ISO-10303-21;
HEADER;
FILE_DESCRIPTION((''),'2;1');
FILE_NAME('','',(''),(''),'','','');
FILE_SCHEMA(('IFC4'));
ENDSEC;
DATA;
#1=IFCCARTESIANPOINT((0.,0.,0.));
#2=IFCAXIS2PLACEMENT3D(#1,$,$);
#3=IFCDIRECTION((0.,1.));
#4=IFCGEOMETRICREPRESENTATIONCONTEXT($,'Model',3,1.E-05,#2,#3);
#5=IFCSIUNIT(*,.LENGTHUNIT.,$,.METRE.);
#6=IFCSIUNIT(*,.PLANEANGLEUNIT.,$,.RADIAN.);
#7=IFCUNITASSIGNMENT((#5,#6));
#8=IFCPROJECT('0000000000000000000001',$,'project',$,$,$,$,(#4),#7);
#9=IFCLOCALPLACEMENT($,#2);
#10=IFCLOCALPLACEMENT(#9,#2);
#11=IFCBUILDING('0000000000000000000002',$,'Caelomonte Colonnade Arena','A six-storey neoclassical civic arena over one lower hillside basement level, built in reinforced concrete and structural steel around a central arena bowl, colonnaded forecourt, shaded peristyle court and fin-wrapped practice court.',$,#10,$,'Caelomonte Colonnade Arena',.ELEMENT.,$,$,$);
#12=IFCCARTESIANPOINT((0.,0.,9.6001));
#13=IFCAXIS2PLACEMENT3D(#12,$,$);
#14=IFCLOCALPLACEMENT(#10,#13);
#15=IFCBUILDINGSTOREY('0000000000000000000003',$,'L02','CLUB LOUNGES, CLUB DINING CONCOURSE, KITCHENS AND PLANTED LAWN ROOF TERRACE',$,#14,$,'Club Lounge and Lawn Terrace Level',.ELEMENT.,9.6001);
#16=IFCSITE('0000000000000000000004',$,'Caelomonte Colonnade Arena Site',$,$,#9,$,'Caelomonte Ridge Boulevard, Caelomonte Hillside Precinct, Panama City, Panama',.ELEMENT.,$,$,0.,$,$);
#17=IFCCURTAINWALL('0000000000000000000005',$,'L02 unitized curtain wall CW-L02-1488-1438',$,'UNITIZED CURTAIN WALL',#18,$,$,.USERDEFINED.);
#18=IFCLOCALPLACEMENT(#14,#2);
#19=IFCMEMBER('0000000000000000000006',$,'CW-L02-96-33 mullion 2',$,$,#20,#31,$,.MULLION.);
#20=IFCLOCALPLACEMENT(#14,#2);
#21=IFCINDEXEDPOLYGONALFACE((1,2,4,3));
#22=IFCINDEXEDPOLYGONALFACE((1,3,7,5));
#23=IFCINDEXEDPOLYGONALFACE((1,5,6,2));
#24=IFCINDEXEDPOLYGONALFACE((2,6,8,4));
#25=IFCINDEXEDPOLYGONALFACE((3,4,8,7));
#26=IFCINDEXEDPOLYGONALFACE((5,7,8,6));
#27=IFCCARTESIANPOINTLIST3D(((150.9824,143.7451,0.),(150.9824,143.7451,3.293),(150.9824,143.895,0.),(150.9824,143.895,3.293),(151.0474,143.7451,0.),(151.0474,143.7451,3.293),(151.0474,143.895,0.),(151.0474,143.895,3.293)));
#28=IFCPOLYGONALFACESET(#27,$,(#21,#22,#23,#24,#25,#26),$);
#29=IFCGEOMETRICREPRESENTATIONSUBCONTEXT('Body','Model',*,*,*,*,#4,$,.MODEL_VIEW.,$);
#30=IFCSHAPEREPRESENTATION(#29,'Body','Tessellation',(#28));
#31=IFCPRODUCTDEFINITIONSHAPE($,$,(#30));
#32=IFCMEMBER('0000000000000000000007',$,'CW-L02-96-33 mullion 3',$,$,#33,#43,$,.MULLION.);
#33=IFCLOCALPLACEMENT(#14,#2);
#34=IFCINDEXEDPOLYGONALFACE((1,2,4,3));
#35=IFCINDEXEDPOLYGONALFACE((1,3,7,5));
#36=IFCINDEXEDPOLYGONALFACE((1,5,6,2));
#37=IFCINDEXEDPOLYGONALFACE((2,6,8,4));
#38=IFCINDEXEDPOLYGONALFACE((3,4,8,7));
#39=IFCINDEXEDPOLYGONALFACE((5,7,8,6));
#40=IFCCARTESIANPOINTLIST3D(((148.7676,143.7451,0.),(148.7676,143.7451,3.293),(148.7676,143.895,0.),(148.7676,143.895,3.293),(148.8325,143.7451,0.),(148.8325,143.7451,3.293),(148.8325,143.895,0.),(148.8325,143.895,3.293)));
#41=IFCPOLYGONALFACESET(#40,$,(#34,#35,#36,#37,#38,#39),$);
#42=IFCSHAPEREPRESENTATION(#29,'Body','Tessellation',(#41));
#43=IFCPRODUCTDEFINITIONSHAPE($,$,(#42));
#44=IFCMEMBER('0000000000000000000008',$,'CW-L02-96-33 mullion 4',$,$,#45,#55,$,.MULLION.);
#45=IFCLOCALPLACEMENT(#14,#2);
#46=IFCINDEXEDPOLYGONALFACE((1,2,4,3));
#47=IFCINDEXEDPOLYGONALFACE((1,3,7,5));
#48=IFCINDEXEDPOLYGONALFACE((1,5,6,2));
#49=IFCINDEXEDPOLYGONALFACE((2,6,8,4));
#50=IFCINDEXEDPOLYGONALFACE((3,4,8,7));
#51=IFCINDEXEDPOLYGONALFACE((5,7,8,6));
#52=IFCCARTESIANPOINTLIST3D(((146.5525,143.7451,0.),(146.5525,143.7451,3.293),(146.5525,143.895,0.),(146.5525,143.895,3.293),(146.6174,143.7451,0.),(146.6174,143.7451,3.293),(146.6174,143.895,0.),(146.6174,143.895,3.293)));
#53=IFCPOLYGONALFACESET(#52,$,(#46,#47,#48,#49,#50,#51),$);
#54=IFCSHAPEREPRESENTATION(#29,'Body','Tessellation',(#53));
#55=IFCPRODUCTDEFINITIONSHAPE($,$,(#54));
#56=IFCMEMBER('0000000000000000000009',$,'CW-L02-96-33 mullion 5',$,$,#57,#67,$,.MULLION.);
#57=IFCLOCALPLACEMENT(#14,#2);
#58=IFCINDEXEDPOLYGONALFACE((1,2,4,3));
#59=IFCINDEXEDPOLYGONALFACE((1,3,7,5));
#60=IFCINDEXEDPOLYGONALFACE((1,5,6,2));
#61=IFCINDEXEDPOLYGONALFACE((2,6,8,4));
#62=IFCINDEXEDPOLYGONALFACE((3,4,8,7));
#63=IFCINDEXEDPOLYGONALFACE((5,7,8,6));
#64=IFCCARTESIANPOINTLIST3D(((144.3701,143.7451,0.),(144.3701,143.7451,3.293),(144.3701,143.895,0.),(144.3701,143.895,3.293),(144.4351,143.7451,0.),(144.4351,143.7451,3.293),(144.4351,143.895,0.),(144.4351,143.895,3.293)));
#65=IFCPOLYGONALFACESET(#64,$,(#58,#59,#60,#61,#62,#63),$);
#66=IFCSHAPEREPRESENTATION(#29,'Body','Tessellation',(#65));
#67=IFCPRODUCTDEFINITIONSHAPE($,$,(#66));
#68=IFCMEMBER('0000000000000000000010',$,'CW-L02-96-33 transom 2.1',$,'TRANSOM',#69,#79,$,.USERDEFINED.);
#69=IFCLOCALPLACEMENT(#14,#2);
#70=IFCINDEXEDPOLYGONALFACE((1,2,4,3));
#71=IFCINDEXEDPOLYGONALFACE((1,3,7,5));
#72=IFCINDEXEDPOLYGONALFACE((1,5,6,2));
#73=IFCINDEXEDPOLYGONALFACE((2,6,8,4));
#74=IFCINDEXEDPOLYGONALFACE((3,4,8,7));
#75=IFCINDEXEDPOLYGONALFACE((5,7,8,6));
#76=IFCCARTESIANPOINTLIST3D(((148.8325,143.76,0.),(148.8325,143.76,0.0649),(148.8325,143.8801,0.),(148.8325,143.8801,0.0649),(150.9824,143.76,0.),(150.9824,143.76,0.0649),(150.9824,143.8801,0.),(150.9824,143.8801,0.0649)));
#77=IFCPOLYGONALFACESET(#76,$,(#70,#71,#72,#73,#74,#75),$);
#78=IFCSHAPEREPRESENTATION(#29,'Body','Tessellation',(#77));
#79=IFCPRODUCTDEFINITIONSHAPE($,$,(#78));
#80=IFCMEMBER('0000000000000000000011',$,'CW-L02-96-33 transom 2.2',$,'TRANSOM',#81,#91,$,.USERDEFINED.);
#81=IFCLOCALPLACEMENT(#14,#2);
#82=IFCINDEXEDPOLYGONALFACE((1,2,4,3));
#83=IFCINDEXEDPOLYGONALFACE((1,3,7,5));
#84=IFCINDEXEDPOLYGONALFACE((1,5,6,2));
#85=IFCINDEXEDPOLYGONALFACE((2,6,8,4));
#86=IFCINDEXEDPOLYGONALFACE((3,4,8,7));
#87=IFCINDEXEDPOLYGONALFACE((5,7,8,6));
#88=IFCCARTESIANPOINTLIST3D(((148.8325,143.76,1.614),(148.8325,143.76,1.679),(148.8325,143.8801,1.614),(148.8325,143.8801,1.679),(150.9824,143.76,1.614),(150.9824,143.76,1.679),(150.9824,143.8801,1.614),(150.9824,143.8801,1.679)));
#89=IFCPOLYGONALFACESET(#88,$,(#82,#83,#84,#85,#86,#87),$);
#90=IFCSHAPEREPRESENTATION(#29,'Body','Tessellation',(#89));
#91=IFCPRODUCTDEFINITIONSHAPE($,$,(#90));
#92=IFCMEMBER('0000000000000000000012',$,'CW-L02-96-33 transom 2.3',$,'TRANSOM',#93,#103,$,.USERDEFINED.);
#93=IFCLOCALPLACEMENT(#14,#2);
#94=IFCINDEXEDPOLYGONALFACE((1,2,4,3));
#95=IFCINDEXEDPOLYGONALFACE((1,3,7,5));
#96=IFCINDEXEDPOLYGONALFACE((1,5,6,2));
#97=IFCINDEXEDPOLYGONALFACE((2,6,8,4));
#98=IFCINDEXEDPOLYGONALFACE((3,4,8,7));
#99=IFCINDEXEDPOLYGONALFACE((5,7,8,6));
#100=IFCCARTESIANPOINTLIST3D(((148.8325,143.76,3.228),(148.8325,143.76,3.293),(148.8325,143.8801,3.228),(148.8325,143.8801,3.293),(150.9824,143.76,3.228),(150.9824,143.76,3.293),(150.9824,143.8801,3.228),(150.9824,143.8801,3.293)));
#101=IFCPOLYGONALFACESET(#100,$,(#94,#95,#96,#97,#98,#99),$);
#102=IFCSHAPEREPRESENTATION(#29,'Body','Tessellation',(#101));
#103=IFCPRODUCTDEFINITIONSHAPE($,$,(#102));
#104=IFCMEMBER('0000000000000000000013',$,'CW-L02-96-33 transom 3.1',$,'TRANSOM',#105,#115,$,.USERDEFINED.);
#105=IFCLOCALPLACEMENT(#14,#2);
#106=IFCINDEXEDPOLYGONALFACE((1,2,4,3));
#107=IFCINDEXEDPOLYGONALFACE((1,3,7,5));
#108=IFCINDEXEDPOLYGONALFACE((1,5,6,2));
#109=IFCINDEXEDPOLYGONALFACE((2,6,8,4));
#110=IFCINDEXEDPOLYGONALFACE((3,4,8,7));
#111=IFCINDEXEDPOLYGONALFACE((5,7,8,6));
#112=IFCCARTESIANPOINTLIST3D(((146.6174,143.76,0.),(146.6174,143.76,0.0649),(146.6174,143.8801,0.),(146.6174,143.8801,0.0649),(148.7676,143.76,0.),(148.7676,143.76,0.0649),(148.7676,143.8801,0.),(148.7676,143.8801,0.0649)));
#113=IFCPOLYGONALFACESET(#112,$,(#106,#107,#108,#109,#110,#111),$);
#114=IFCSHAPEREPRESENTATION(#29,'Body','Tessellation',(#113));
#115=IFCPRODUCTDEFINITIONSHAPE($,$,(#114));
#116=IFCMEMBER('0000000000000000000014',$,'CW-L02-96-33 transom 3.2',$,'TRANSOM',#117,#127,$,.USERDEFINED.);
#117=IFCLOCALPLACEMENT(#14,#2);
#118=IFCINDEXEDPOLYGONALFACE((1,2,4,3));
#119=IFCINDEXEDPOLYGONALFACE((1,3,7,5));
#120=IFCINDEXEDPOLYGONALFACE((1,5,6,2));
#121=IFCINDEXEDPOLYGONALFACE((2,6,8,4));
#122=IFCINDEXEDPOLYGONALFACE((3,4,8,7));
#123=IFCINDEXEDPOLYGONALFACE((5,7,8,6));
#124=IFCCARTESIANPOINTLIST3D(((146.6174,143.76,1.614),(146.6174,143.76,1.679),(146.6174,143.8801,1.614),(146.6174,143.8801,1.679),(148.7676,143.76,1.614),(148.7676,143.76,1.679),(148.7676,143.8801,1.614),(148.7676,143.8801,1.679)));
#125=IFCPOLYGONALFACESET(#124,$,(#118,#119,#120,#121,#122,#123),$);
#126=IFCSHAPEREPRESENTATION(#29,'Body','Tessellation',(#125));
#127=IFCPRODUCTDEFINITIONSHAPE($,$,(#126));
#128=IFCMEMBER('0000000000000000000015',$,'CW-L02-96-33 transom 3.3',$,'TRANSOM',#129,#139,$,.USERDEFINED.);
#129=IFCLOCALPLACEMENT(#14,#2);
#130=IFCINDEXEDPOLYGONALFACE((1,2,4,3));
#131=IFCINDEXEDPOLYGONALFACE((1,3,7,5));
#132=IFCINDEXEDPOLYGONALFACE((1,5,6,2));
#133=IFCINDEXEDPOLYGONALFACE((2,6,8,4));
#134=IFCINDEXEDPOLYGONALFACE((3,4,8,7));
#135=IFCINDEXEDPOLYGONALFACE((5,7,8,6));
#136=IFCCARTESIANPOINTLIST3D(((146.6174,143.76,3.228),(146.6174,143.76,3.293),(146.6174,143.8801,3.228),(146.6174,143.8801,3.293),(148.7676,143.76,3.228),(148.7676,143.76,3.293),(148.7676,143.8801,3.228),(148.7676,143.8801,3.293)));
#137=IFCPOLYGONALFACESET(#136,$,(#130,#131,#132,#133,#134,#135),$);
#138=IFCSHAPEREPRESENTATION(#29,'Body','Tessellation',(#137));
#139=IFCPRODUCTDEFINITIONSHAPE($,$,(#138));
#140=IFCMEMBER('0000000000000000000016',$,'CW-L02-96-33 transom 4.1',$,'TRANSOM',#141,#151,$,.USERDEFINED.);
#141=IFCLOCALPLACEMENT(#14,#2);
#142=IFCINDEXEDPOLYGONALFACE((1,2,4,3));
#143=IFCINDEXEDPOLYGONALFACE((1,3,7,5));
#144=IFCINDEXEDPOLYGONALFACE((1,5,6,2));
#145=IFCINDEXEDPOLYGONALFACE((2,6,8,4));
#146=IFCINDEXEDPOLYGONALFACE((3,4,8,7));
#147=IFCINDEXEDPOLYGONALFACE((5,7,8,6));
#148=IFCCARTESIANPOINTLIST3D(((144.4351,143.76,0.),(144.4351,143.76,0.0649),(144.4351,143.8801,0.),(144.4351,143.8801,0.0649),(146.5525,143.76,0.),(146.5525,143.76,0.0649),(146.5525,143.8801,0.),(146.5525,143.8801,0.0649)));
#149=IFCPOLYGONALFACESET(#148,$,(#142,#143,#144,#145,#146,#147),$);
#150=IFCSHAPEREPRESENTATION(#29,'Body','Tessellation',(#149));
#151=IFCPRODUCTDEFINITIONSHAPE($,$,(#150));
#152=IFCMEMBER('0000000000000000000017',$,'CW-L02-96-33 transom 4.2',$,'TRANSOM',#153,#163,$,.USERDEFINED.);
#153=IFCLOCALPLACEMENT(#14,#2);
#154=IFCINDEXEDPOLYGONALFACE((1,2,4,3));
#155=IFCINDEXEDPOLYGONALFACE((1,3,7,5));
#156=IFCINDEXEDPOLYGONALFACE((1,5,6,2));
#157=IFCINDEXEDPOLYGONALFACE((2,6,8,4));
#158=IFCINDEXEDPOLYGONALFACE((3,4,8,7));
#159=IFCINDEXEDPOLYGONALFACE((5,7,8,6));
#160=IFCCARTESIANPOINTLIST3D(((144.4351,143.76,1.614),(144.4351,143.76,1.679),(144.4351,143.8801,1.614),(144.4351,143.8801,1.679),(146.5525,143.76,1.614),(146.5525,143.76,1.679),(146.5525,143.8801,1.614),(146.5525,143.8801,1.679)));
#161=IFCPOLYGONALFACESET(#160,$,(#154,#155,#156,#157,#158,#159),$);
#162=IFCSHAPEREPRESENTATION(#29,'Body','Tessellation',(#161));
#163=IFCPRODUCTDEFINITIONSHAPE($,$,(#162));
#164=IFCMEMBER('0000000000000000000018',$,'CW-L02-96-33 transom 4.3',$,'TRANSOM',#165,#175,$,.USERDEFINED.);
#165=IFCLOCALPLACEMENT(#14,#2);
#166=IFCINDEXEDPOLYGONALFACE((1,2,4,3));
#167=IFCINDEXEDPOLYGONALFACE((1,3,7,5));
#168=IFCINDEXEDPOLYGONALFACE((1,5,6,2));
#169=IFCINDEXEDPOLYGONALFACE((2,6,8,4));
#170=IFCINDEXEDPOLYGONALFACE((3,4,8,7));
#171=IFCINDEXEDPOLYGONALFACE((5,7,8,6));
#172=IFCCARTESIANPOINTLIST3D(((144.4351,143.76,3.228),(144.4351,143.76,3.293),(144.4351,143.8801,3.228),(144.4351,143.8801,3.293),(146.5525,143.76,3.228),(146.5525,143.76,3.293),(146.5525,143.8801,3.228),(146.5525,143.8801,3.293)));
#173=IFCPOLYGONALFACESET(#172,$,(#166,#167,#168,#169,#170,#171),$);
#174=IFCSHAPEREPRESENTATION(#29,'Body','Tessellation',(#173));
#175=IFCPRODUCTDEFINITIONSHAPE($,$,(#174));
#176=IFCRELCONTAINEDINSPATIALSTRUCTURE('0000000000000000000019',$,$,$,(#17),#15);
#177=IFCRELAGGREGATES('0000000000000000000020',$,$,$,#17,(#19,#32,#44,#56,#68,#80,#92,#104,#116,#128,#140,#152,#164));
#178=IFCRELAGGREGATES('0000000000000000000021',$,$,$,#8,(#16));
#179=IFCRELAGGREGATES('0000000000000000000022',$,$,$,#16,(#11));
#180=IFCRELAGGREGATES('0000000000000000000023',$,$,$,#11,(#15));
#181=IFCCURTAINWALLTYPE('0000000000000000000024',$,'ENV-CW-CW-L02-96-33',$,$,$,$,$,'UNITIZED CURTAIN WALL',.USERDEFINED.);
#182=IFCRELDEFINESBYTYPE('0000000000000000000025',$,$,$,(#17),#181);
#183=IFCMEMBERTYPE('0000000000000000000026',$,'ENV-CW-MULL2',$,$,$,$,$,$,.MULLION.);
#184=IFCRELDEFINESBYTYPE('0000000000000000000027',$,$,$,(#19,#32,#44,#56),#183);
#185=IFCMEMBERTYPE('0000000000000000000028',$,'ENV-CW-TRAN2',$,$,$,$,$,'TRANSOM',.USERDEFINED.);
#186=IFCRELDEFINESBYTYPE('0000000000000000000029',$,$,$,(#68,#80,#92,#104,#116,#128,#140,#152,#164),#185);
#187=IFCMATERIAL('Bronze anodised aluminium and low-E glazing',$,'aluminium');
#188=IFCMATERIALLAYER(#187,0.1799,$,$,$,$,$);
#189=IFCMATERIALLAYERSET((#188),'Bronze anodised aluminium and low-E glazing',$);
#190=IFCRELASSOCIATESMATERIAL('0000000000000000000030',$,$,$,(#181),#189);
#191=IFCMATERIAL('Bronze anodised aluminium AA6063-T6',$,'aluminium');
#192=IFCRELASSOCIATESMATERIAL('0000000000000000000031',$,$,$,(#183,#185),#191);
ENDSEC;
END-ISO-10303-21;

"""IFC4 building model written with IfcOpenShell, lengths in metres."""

from ifc_helpers import new_model, si_unit, direction, frame, origin, origin_2d, place, context, subcontext, project, spatial, rectangle, extrude, material, layer, layer_set, material_profile, profile_set, type_object, element, aggregate, save


model = new_model("IFC4")

# Units and contexts
model_context = context("Model", 3, precision=1e-05, world=origin(), true_north=direction((0.0, 1.0)))
body_context = subcontext(model_context, "Body", "Model", "MODEL_VIEW")
ifc_project = project(units=[si_unit("LENGTHUNIT", "METRE"), si_unit("PLANEANGLEUNIT", "RADIAN")], contexts=[model_context])

# Site, building, storey
site_placement = place(None, origin())
site = spatial("IfcSite", under=ifc_project, at=site_placement, Name="Caelomonte Colonnade Arena Site", LongName="Caelomonte Ridge Boulevard, Caelomonte Hillside Precinct, Panama City, Panama", CompositionType="ELEMENT", RefElevation=0.0)
building_placement = place(site_placement, origin())
building = spatial("IfcBuilding", under=site, at=building_placement, Name="Caelomonte Colonnade Arena", Description="A six-storey neoclassical civic arena over one lower hillside basement level, built in reinforced concrete and structural steel around a central arena bowl, colonnaded forecourt, shaded peristyle court and fin-wrapped practice court.", LongName="Caelomonte Colonnade Arena", CompositionType="ELEMENT")
storey_placement = place(building_placement, frame((0.0, 0.0, 9.6001)))
storey = spatial("IfcBuildingStorey", under=building, at=storey_placement, Name="L02", Description="CLUB LOUNGES, CLUB DINING CONCOURSE, KITCHENS AND PLANTED LAWN ROOF TERRACE", LongName="Club Lounge and Lawn Terrace Level", CompositionType="ELEMENT", Elevation=9.6001)

# Curtain wall, members
ifc_material_1 = material(Name="Bronze anodised aluminium and low-E glazing", Category="aluminium")
ifc_layer_1 = layer(ifc_material_1, 0.1799)
ifc_layer_set_1 = layer_set([ifc_layer_1], Name="Bronze anodised aluminium and low-E glazing")
curtain_wall_type = type_object("IfcCurtainWallType", Name="ENV-CW-CW-L02-96-33", ElementType="UNITIZED CURTAIN WALL", PredefinedType="USERDEFINED", material=ifc_layer_set_1)
curtain_wall_placement = place(storey_placement, origin())
curtain_wall = element("IfcCurtainWall", 1, at=curtain_wall_placement, inside=storey, type_object=curtain_wall_type, Name="L02 unitized curtain wall CW-L02-1488-1438", ObjectType="UNITIZED CURTAIN WALL", PredefinedType="USERDEFINED")
ifc_material_2 = material(Name="Bronze anodised aluminium AA6063-T6", Category="aluminium")
ifc_material_profile_1 = material_profile(ifc_material_2, rectangle(XDim=0.0649, YDim=0.1499, at=origin_2d()), Name="CWM-65X150")
ifc_profile_set_1 = profile_set([ifc_material_profile_1], Name="Bronze anodised aluminium AA6063-T6")
member_type_1 = type_object("IfcMemberType", Name="ENV-CW-MULL2", PredefinedType="MULLION", material=ifc_profile_set_1)
member_1_placement = place(storey_placement, frame((151.0149, 143.8201, 0.0), z_axis=(0.0, 0.0, 1.0), x_axis=(-1.0, 0.0, 0.0)))
member_1 = element("IfcMember", 2, at=member_1_placement, type_object=member_type_1, Name="CW-L02-96-33 mullion 2", PredefinedType="MULLION", context=body_context, shape_type="SweptSolid", body=[
    extrude(rectangle(XDim=0.0649, YDim=0.1499, at=origin_2d()), origin(), (0.0, 0.0, 1.0), 3.293),
])
member_2_placement = place(storey_placement, frame((148.8, 143.8201, 0.0), z_axis=(0.0, 0.0, 1.0), x_axis=(-1.0, 0.0, 0.0)))
member_2 = element("IfcMember", 3, at=member_2_placement, type_object=member_type_1, Name="CW-L02-96-33 mullion 3", PredefinedType="MULLION", context=body_context, shape_type="SweptSolid", body=[
    extrude(rectangle(XDim=0.0649, YDim=0.1499, at=origin_2d()), origin(), (0.0, 0.0, 1.0), 3.293),
])
member_3_placement = place(storey_placement, frame((146.585, 143.8201, 0.0), z_axis=(0.0, 0.0, 1.0), x_axis=(-1.0, 0.0, 0.0)))
member_3 = element("IfcMember", 4, at=member_3_placement, type_object=member_type_1, Name="CW-L02-96-33 mullion 4", PredefinedType="MULLION", context=body_context, shape_type="SweptSolid", body=[
    extrude(rectangle(XDim=0.0649, YDim=0.1499, at=origin_2d()), origin(), (0.0, 0.0, 1.0), 3.293),
])
member_4_placement = place(storey_placement, frame((144.4026, 143.8201, 0.0), z_axis=(0.0, 0.0, 1.0), x_axis=(-1.0, 0.0, 0.0)))
member_4 = element("IfcMember", 5, at=member_4_placement, type_object=member_type_1, Name="CW-L02-96-33 mullion 5", PredefinedType="MULLION", context=body_context, shape_type="SweptSolid", body=[
    extrude(rectangle(XDim=0.0649, YDim=0.1499, at=origin_2d()), origin(), (0.0, 0.0, 1.0), 3.293),
])
ifc_material_profile_2 = material_profile(ifc_material_2, rectangle(XDim=0.0649, YDim=0.1201, at=origin_2d()), Name="CWT-65X120")
ifc_profile_set_2 = profile_set([ifc_material_profile_2], Name="Bronze anodised aluminium AA6063-T6")
member_type_2 = type_object("IfcMemberType", Name="ENV-CW-TRAN2", ElementType="TRANSOM", PredefinedType="USERDEFINED", material=ifc_profile_set_2)
member_5_placement = place(storey_placement, frame((150.9824, 143.8201, 0.0325), z_axis=(-1.0, 0.0, 0.0), x_axis=(0.0, 0.0, 1.0)))
member_5 = element("IfcMember", 6, at=member_5_placement, type_object=member_type_2, Name="CW-L02-96-33 transom 2.1", ObjectType="TRANSOM", PredefinedType="USERDEFINED", context=body_context, shape_type="SweptSolid", body=[
    extrude(rectangle(XDim=0.0649, YDim=0.1201, at=origin_2d()), origin(), (0.0, 0.0, 1.0), 2.1499),
])
member_6_placement = place(storey_placement, frame((150.9824, 143.8201, 1.6465), z_axis=(-1.0, 0.0, 0.0), x_axis=(0.0, 0.0, 1.0)))
member_6 = element("IfcMember", 7, at=member_6_placement, type_object=member_type_2, Name="CW-L02-96-33 transom 2.2", ObjectType="TRANSOM", PredefinedType="USERDEFINED", context=body_context, shape_type="SweptSolid", body=[
    extrude(rectangle(XDim=0.0649, YDim=0.1201, at=origin_2d()), origin(), (0.0, 0.0, 1.0), 2.1499),
])
member_7_placement = place(storey_placement, frame((150.9824, 143.8201, 3.2605), z_axis=(-1.0, 0.0, 0.0), x_axis=(0.0, 0.0, 1.0)))
member_7 = element("IfcMember", 8, at=member_7_placement, type_object=member_type_2, Name="CW-L02-96-33 transom 2.3", ObjectType="TRANSOM", PredefinedType="USERDEFINED", context=body_context, shape_type="SweptSolid", body=[
    extrude(rectangle(XDim=0.0649, YDim=0.1201, at=origin_2d()), origin(), (0.0, 0.0, 1.0), 2.1499),
])
member_8_placement = place(storey_placement, frame((148.7676, 143.8201, 0.0325), z_axis=(-1.0, 0.0, 0.0), x_axis=(0.0, 0.0, 1.0)))
member_8 = element("IfcMember", 9, at=member_8_placement, type_object=member_type_2, Name="CW-L02-96-33 transom 3.1", ObjectType="TRANSOM", PredefinedType="USERDEFINED", context=body_context, shape_type="SweptSolid", body=[
    extrude(rectangle(XDim=0.0649, YDim=0.1201, at=origin_2d()), origin(), (0.0, 0.0, 1.0), 2.1501),
])
member_9_placement = place(storey_placement, frame((148.7676, 143.8201, 1.6465), z_axis=(-1.0, 0.0, 0.0), x_axis=(0.0, 0.0, 1.0)))
member_9 = element("IfcMember", 10, at=member_9_placement, type_object=member_type_2, Name="CW-L02-96-33 transom 3.2", ObjectType="TRANSOM", PredefinedType="USERDEFINED", context=body_context, shape_type="SweptSolid", body=[
    extrude(rectangle(XDim=0.0649, YDim=0.1201, at=origin_2d()), origin(), (0.0, 0.0, 1.0), 2.1501),
])
member_10_placement = place(storey_placement, frame((148.7676, 143.8201, 3.2605), z_axis=(-1.0, 0.0, 0.0), x_axis=(0.0, 0.0, 1.0)))
member_10 = element("IfcMember", 11, at=member_10_placement, type_object=member_type_2, Name="CW-L02-96-33 transom 3.3", ObjectType="TRANSOM", PredefinedType="USERDEFINED", context=body_context, shape_type="SweptSolid", body=[
    extrude(rectangle(XDim=0.0649, YDim=0.1201, at=origin_2d()), origin(), (0.0, 0.0, 1.0), 2.1501),
])
member_11_placement = place(storey_placement, frame((146.5525, 143.8201, 0.0325), z_axis=(-1.0, 0.0, 0.0), x_axis=(0.0, 0.0, 1.0)))
member_11 = element("IfcMember", 12, at=member_11_placement, type_object=member_type_2, Name="CW-L02-96-33 transom 4.1", ObjectType="TRANSOM", PredefinedType="USERDEFINED", context=body_context, shape_type="SweptSolid", body=[
    extrude(rectangle(XDim=0.0649, YDim=0.1201, at=origin_2d()), origin(), (0.0, 0.0, 1.0), 2.1174),
])
member_12_placement = place(storey_placement, frame((146.5525, 143.8201, 1.6465), z_axis=(-1.0, 0.0, 0.0), x_axis=(0.0, 0.0, 1.0)))
member_12 = element("IfcMember", 13, at=member_12_placement, type_object=member_type_2, Name="CW-L02-96-33 transom 4.2", ObjectType="TRANSOM", PredefinedType="USERDEFINED", context=body_context, shape_type="SweptSolid", body=[
    extrude(rectangle(XDim=0.0649, YDim=0.1201, at=origin_2d()), origin(), (0.0, 0.0, 1.0), 2.1174),
])
member_13_placement = place(storey_placement, frame((146.5525, 143.8201, 3.2605), z_axis=(-1.0, 0.0, 0.0), x_axis=(0.0, 0.0, 1.0)))
member_13 = element("IfcMember", 14, at=member_13_placement, type_object=member_type_2, Name="CW-L02-96-33 transom 4.3", ObjectType="TRANSOM", PredefinedType="USERDEFINED", context=body_context, shape_type="SweptSolid", body=[
    extrude(rectangle(XDim=0.0649, YDim=0.1201, at=origin_2d()), origin(), (0.0, 0.0, 1.0), 2.1174),
])

aggregate(curtain_wall, [member_1, member_2, member_3, member_4, member_5, member_6, member_7, member_8, member_9, member_10, member_11, member_12, member_13])

save(model, "model.ifc")
